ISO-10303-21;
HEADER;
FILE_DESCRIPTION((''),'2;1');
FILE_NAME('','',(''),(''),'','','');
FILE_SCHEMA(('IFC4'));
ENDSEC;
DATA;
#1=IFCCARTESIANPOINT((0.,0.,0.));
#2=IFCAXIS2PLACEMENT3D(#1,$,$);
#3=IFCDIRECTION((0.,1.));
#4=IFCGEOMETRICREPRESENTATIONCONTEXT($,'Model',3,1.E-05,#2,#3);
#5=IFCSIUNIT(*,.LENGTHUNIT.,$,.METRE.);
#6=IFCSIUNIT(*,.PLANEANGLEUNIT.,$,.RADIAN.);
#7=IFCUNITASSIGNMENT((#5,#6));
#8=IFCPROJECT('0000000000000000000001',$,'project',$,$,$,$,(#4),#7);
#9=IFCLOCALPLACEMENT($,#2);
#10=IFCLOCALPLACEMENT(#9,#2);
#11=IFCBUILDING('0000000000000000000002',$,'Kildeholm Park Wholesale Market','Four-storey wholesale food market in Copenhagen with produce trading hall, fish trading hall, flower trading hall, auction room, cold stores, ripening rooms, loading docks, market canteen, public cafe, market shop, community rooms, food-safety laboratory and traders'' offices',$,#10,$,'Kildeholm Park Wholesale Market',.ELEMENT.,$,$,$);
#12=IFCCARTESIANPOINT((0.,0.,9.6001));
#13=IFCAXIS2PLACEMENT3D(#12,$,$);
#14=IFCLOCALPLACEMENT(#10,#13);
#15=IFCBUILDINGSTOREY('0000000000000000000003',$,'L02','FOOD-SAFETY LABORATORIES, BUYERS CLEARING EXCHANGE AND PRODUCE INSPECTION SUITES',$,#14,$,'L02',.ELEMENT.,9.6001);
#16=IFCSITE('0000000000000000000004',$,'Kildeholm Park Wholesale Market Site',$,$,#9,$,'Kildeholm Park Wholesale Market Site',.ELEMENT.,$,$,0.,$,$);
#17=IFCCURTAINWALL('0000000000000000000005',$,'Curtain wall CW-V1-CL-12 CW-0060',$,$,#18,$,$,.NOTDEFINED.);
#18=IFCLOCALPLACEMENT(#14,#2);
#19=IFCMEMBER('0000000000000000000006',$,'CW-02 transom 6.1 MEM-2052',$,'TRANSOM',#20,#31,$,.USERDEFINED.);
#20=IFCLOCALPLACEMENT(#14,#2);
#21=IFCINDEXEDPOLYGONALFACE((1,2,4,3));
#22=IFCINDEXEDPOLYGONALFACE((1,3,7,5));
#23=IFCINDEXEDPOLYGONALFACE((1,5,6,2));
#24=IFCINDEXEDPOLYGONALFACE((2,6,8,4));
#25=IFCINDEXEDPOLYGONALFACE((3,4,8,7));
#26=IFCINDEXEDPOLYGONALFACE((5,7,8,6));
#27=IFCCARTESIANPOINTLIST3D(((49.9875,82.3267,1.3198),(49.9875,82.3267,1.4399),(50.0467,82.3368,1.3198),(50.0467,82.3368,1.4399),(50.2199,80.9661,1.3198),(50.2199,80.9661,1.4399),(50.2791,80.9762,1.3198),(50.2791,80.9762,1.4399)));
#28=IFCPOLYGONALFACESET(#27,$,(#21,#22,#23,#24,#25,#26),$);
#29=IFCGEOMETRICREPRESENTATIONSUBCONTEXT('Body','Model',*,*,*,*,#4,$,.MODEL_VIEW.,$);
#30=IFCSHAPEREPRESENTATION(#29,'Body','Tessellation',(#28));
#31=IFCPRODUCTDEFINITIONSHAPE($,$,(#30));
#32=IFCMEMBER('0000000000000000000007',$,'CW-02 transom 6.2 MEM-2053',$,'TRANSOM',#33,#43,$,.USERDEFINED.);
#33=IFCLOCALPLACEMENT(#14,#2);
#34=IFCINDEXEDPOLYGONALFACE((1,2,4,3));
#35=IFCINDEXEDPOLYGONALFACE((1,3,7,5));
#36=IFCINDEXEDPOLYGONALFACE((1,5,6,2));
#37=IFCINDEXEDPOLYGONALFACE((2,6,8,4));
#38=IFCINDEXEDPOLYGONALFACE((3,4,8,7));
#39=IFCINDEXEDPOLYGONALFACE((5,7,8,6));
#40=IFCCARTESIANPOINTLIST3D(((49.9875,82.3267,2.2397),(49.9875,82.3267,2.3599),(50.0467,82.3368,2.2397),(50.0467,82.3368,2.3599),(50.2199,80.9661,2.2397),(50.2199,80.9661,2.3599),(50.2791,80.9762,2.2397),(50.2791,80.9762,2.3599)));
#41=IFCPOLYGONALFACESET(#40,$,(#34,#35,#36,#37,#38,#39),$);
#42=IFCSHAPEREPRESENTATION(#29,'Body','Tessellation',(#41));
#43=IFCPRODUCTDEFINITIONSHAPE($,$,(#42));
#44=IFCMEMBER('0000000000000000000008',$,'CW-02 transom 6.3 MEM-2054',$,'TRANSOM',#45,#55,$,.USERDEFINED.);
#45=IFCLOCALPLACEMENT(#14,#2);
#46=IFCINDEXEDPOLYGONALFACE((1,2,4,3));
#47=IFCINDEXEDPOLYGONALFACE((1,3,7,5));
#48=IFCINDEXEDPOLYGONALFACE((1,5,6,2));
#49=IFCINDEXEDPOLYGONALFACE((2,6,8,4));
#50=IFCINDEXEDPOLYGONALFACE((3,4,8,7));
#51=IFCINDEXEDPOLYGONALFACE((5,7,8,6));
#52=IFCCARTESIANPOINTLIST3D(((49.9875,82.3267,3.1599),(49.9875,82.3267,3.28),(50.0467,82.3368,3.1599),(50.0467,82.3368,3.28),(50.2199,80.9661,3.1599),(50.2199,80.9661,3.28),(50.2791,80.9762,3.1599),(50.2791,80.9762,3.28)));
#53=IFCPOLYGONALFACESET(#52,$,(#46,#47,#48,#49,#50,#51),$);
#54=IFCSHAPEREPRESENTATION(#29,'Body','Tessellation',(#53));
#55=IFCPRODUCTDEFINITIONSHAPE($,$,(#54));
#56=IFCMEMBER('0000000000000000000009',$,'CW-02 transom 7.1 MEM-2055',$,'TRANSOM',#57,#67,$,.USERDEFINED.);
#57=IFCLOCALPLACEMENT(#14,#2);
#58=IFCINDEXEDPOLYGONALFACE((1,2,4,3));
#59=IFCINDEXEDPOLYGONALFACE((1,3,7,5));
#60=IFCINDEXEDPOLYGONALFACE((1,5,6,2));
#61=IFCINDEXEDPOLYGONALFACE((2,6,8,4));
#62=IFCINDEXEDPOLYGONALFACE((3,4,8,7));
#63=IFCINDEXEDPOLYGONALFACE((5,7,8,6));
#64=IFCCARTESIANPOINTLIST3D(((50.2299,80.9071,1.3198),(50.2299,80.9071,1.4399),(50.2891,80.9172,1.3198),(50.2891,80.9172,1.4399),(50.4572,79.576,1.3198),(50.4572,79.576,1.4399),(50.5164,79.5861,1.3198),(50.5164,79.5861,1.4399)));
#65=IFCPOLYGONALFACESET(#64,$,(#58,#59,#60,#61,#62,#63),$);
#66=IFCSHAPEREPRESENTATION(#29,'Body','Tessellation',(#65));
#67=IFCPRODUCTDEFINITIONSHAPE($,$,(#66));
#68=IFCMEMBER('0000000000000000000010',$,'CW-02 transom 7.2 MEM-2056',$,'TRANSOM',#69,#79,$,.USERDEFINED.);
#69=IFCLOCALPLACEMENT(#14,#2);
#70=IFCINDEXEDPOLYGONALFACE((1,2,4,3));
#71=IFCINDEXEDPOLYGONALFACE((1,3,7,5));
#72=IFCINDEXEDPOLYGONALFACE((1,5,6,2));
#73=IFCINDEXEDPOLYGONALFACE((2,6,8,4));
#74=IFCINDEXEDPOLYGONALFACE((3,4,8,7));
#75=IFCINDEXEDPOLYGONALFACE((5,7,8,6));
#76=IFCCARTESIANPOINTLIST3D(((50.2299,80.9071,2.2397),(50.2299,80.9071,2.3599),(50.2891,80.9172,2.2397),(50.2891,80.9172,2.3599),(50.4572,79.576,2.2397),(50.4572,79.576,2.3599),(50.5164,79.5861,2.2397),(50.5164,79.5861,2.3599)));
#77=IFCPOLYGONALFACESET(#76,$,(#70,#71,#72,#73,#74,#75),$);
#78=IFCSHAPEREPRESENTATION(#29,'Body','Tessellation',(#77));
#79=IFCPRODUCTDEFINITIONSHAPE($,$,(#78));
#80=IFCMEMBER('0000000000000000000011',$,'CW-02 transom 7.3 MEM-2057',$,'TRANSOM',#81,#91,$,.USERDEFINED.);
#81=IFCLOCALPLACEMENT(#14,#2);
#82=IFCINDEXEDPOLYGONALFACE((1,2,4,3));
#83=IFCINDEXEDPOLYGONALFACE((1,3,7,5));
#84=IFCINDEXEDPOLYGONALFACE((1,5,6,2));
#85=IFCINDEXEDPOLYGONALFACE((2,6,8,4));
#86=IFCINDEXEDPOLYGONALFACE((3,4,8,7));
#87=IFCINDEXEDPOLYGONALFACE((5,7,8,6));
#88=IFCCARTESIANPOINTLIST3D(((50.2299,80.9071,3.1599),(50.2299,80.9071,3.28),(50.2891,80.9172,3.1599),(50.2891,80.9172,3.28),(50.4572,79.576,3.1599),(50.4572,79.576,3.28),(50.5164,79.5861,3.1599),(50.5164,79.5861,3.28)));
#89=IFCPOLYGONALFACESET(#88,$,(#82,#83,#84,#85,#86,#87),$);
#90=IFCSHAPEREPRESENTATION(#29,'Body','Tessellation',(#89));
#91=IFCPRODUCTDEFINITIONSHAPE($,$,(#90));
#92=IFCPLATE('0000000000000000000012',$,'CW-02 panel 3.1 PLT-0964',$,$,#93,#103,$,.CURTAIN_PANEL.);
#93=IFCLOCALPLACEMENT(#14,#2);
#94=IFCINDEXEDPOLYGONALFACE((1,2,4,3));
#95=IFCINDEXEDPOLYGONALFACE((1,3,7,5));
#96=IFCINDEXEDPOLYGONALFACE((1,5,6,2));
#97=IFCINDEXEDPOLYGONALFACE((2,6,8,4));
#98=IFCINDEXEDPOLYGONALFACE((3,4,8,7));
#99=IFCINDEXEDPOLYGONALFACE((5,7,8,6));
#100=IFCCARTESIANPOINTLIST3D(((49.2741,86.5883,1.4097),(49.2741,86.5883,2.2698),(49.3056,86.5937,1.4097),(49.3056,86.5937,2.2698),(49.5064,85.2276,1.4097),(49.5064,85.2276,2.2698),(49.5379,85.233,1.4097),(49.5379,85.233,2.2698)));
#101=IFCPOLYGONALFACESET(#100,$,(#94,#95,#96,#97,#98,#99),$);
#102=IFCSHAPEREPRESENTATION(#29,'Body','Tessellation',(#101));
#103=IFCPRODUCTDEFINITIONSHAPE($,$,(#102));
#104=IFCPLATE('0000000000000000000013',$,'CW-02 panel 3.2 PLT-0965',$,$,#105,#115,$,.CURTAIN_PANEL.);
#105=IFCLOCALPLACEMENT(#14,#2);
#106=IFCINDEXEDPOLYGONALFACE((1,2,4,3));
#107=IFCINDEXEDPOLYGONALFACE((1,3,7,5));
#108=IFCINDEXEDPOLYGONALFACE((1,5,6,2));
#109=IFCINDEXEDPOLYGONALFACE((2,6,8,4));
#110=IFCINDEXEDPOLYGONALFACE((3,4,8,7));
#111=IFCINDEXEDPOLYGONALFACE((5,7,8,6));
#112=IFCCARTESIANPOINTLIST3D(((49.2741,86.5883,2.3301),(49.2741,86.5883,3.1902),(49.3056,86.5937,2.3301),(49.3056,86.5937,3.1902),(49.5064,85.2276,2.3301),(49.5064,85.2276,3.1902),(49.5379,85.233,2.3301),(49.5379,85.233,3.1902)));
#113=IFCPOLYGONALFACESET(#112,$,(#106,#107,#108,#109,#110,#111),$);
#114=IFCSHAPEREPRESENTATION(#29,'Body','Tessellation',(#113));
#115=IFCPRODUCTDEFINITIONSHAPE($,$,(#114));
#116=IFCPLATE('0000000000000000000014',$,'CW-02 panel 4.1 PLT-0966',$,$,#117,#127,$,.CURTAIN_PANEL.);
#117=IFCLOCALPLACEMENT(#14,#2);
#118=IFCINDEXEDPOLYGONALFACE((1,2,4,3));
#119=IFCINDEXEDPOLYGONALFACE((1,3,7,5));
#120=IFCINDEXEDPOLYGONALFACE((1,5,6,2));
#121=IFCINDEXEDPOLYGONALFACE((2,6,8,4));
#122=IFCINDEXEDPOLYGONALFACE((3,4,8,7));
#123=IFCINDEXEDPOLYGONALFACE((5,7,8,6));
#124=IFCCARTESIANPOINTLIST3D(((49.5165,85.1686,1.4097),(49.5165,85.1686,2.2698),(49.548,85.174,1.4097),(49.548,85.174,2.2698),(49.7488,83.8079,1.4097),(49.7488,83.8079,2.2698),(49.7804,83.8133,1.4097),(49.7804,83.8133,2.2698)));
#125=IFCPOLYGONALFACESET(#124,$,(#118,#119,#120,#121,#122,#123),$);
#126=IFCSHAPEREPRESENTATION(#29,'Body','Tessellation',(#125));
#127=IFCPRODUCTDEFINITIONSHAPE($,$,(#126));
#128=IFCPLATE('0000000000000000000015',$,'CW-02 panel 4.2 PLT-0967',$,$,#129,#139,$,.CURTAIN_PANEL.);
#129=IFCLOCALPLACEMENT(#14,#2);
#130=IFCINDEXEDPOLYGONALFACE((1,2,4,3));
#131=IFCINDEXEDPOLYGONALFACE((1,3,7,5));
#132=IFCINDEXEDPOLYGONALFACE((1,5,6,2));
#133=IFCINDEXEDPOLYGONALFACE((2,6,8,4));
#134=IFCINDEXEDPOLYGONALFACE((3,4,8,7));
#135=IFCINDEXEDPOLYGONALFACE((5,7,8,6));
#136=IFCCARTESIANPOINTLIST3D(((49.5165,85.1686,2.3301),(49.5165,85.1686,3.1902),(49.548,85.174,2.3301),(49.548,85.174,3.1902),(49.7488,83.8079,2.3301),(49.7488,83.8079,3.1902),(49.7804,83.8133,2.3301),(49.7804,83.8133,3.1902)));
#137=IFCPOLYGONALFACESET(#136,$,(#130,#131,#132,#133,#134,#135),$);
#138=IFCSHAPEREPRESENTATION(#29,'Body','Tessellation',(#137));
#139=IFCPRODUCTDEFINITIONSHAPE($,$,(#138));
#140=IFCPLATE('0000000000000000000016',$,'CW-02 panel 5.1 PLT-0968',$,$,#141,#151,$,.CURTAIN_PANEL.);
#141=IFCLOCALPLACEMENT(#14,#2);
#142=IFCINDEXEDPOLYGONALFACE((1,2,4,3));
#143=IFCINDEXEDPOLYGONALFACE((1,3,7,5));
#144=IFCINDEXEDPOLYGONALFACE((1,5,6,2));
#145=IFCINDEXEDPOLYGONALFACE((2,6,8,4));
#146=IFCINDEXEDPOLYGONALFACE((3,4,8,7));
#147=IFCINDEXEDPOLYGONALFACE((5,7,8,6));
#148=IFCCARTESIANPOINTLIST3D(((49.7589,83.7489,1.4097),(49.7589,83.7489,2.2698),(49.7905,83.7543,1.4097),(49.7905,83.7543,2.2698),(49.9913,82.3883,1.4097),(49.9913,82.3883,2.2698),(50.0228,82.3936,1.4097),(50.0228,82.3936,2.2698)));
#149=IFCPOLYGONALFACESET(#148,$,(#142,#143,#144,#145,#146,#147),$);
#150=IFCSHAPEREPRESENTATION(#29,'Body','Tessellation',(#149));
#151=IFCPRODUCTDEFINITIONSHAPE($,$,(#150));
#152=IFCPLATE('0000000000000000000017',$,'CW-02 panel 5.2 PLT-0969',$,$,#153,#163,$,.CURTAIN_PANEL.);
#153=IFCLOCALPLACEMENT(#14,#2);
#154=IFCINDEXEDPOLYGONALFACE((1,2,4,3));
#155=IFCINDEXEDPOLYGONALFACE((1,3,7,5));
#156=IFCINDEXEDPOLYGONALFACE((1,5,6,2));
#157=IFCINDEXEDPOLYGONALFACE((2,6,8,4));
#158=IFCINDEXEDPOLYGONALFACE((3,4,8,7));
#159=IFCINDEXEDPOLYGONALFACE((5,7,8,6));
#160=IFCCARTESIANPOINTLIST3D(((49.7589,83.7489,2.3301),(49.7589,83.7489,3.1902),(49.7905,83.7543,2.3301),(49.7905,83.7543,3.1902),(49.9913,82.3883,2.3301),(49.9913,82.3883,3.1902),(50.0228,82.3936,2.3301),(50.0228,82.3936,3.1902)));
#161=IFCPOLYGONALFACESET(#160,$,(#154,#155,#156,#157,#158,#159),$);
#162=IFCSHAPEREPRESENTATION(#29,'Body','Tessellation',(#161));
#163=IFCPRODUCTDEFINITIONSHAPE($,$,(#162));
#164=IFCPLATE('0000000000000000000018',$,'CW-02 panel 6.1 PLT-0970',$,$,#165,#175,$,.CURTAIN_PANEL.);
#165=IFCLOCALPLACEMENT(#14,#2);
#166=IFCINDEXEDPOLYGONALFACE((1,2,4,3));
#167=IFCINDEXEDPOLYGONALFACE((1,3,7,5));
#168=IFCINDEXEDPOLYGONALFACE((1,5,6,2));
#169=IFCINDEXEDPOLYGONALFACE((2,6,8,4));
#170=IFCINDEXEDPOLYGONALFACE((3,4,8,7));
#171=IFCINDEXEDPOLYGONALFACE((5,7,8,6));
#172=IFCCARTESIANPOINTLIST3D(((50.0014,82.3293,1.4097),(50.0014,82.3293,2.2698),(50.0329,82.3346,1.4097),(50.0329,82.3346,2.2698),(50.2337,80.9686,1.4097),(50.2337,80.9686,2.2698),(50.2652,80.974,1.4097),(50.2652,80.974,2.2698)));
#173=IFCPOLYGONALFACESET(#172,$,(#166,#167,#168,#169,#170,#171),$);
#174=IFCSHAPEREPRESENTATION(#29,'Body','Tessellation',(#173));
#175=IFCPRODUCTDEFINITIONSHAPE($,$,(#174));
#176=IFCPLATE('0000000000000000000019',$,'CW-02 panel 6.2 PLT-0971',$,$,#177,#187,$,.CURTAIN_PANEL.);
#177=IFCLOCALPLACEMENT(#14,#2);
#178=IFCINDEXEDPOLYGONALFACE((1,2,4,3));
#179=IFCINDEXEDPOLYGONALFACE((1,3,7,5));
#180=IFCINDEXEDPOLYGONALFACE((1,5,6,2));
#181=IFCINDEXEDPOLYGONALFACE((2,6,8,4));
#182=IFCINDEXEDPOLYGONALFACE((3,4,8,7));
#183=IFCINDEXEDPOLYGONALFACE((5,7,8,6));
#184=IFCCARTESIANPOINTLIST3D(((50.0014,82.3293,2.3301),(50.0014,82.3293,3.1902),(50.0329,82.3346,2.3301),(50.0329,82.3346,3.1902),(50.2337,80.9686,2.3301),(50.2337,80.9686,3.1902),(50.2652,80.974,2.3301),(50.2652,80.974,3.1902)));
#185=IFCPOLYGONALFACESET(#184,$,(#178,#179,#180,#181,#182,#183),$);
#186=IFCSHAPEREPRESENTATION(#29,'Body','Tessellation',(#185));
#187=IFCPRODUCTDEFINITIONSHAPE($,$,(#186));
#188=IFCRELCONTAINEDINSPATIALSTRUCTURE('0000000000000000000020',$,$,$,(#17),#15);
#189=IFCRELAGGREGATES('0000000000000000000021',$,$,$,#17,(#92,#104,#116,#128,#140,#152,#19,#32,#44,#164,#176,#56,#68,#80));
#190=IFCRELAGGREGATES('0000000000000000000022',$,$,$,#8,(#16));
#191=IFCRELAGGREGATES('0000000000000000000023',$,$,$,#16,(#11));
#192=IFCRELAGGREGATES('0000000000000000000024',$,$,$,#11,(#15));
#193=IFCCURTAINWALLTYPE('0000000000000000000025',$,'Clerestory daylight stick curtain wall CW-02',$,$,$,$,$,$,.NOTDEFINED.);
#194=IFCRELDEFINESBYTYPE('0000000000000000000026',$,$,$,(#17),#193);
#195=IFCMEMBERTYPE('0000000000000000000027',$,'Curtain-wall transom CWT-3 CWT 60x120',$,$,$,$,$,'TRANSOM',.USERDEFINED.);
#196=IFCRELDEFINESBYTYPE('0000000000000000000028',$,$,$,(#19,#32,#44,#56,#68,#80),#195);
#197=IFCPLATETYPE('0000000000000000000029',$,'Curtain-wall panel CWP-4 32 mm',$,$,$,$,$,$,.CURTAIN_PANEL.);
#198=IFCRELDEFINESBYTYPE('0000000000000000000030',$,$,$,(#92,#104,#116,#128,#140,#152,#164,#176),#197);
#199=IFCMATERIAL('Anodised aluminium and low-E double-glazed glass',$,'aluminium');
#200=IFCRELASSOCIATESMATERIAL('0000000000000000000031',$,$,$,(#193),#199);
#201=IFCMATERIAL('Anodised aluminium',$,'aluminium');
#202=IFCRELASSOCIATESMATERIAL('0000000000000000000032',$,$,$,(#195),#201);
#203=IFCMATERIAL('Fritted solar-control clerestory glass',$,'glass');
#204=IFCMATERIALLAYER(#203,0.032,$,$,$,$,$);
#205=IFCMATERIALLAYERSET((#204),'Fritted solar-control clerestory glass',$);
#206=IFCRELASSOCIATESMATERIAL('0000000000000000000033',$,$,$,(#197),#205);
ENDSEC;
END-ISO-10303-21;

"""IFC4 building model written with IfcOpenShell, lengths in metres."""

from ifc_helpers import new_model, si_unit, direction, frame, origin, origin_2d, place, context, subcontext, project, spatial, rectangle, extrude, material, layer, layer_set, material_profile, profile_set, type_object, element, aggregate, save


model = new_model("IFC4")

# Units and contexts
model_context = context("Model", 3, precision=1e-05, world=origin(), true_north=direction((0.0, 1.0)))
body_context = subcontext(model_context, "Body", "Model", "MODEL_VIEW")
ifc_project = project(units=[si_unit("LENGTHUNIT", "METRE"), si_unit("PLANEANGLEUNIT", "RADIAN")], contexts=[model_context])

# Site, building, storey
site_placement = place(None, origin())
site = spatial("IfcSite", under=ifc_project, at=site_placement, Name="Kildeholm Park Wholesale Market Site", LongName="Kildeholm Park Wholesale Market Site", CompositionType="ELEMENT", RefElevation=0.0)
building_placement = place(site_placement, origin())
building = spatial("IfcBuilding", under=site, at=building_placement, Name="Kildeholm Park Wholesale Market", Description="Four-storey wholesale food market in Copenhagen with produce trading hall, fish trading hall, flower trading hall, auction room, cold stores, ripening rooms, loading docks, market canteen, public cafe, market shop, community rooms, food-safety laboratory and traders' offices", LongName="Kildeholm Park Wholesale Market", CompositionType="ELEMENT")
storey_placement = place(building_placement, frame((0.0, 0.0, 9.6001)))
storey = spatial("IfcBuildingStorey", under=building, at=storey_placement, Name="L02", Description="FOOD-SAFETY LABORATORIES, BUYERS CLEARING EXCHANGE AND PRODUCE INSPECTION SUITES", LongName="L02", CompositionType="ELEMENT", Elevation=9.6001)

# Curtain wall, members, plates
ifc_material_1 = material(Name="Anodised aluminium and low-E double-glazed glass", Category="aluminium")
curtain_wall_type = type_object("IfcCurtainWallType", Name="Clerestory daylight stick curtain wall CW-02", PredefinedType="NOTDEFINED", material=ifc_material_1)
curtain_wall_placement = place(storey_placement, origin())
curtain_wall = element("IfcCurtainWall", 1, at=curtain_wall_placement, inside=storey, type_object=curtain_wall_type, Name="Curtain wall CW-V1-CL-12 CW-0060", PredefinedType="NOTDEFINED")
ifc_material_2 = material(Name="Anodised aluminium", Category="aluminium")
ifc_material_profile_1 = material_profile(ifc_material_2, rectangle(XDim=0.0601, YDim=0.1201, at=origin_2d()), Name="CWT 60x120")
ifc_profile_set_1 = profile_set([ifc_material_profile_1], Name="Anodised aluminium")
member_type_1 = type_object("IfcMemberType", Name="Curtain-wall transom CWT-3 CWT 60x120", ElementType="TRANSOM", PredefinedType="USERDEFINED", material=ifc_profile_set_1)
member_1_placement = place(storey_placement, frame((50.0171, 82.3318, 1.3799), z_axis=(0.168384, -0.985721, 0.0), x_axis=(0.985721, 0.168384, 0.0)))
member_1 = element("IfcMember", 2, at=member_1_placement, type_object=member_type_1, Name="CW-02 transom 6.1 MEM-2052", ObjectType="TRANSOM", PredefinedType="USERDEFINED", context=body_context, shape_type="SweptSolid", body=[
    extrude(rectangle(XDim=0.0601, YDim=0.1201, at=origin_2d()), origin(), (0.0, 0.0, 1.0), 1.3804),
])
member_2_placement = place(storey_placement, frame((50.0171, 82.3318, 2.2998), z_axis=(0.168384, -0.985721, 0.0), x_axis=(0.985721, 0.168384, 0.0)))
member_2 = element("IfcMember", 3, at=member_2_placement, type_object=member_type_1, Name="CW-02 transom 6.2 MEM-2053", ObjectType="TRANSOM", PredefinedType="USERDEFINED", context=body_context, shape_type="SweptSolid", body=[
    extrude(rectangle(XDim=0.0601, YDim=0.1201, at=origin_2d()), origin(), (0.0, 0.0, 1.0), 1.3804),
])
member_3_placement = place(storey_placement, frame((50.0171, 82.3318, 3.22), z_axis=(0.168384, -0.985721, 0.0), x_axis=(0.985721, 0.168384, 0.0)))
member_3 = element("IfcMember", 4, at=member_3_placement, type_object=member_type_1, Name="CW-02 transom 6.3 MEM-2054", ObjectType="TRANSOM", PredefinedType="USERDEFINED", context=body_context, shape_type="SweptSolid", body=[
    extrude(rectangle(XDim=0.0601, YDim=0.1201, at=origin_2d()), origin(), (0.0, 0.0, 1.0), 1.3804),
])
member_4_placement = place(storey_placement, frame((50.2595, 80.9121, 1.3799), z_axis=(0.168326, -0.985731, 0.0), x_axis=(0.985731, 0.168326, 0.0)))
member_4 = element("IfcMember", 5, at=member_4_placement, type_object=member_type_1, Name="CW-02 transom 7.1 MEM-2055", ObjectType="TRANSOM", PredefinedType="USERDEFINED", context=body_context, shape_type="SweptSolid", body=[
    extrude(rectangle(XDim=0.0601, YDim=0.1201, at=origin_2d()), origin(), (0.0, 0.0, 1.0), 1.3503),
])
member_5_placement = place(storey_placement, frame((50.2595, 80.9121, 2.2998), z_axis=(0.168326, -0.985731, 0.0), x_axis=(0.985731, 0.168326, 0.0)))
member_5 = element("IfcMember", 6, at=member_5_placement, type_object=member_type_1, Name="CW-02 transom 7.2 MEM-2056", ObjectType="TRANSOM", PredefinedType="USERDEFINED", context=body_context, shape_type="SweptSolid", body=[
    extrude(rectangle(XDim=0.0601, YDim=0.1201, at=origin_2d()), origin(), (0.0, 0.0, 1.0), 1.3503),
])
member_6_placement = place(storey_placement, frame((50.2595, 80.9121, 3.22), z_axis=(0.168326, -0.985731, 0.0), x_axis=(0.985731, 0.168326, 0.0)))
member_6 = element("IfcMember", 7, at=member_6_placement, type_object=member_type_1, Name="CW-02 transom 7.3 MEM-2057", ObjectType="TRANSOM", PredefinedType="USERDEFINED", context=body_context, shape_type="SweptSolid", body=[
    extrude(rectangle(XDim=0.0601, YDim=0.1201, at=origin_2d()), origin(), (0.0, 0.0, 1.0), 1.3503),
])
ifc_material_3 = material(Name="Fritted solar-control clerestory glass", Category="glass")
ifc_layer = layer(ifc_material_3, 0.032)
ifc_layer_set = layer_set([ifc_layer], Name="Fritted solar-control clerestory glass")
plate_type = type_object("IfcPlateType", Name="Curtain-wall panel CWP-4 32 mm", PredefinedType="CURTAIN_PANEL", material=ifc_layer_set)
plate_1_placement = place(storey_placement, frame((49.406, 85.9106, 1.4097), z_axis=(0.0, 0.0, 1.0), x_axis=(0.168322, -0.985732, 0.0)))
plate_1 = element("IfcPlate", 8, at=plate_1_placement, type_object=plate_type, Name="CW-02 panel 3.1 PLT-0964", PredefinedType="CURTAIN_PANEL", context=body_context, shape_type="SweptSolid", body=[
    extrude(rectangle(XDim=1.3804, YDim=0.032, at=origin_2d()), origin(), (0.0, 0.0, 1.0), 0.8601),
])
plate_2_placement = place(storey_placement, frame((49.406, 85.9106, 2.3301), z_axis=(0.0, 0.0, 1.0), x_axis=(0.168322, -0.985732, 0.0)))
plate_2 = element("IfcPlate", 9, at=plate_2_placement, type_object=plate_type, Name="CW-02 panel 3.2 PLT-0965", PredefinedType="CURTAIN_PANEL", context=body_context, shape_type="SweptSolid", body=[
    extrude(rectangle(XDim=1.3804, YDim=0.032, at=origin_2d()), origin(), (0.0, 0.0, 1.0), 0.8601),
])
plate_3_placement = place(storey_placement, frame((49.6484, 84.491, 1.4097), z_axis=(0.0, 0.0, 1.0), x_axis=(0.168322, -0.985732, 0.0)))
plate_3 = element("IfcPlate", 10, at=plate_3_placement, type_object=plate_type, Name="CW-02 panel 4.1 PLT-0966", PredefinedType="CURTAIN_PANEL", context=body_context, shape_type="SweptSolid", body=[
    extrude(rectangle(XDim=1.3804, YDim=0.032, at=origin_2d()), origin(), (0.0, 0.0, 1.0), 0.8601),
])
plate_4_placement = place(storey_placement, frame((49.6484, 84.491, 2.3301), z_axis=(0.0, 0.0, 1.0), x_axis=(0.168322, -0.985732, 0.0)))
plate_4 = element("IfcPlate", 11, at=plate_4_placement, type_object=plate_type, Name="CW-02 panel 4.2 PLT-0967", PredefinedType="CURTAIN_PANEL", context=body_context, shape_type="SweptSolid", body=[
    extrude(rectangle(XDim=1.3804, YDim=0.032, at=origin_2d()), origin(), (0.0, 0.0, 1.0), 0.8601),
])
plate_5_placement = place(storey_placement, frame((49.8909, 83.0713, 1.4097), z_axis=(0.0, 0.0, 1.0), x_axis=(0.168322, -0.985732, 0.0)))
plate_5 = element("IfcPlate", 12, at=plate_5_placement, type_object=plate_type, Name="CW-02 panel 5.1 PLT-0968", PredefinedType="CURTAIN_PANEL", context=body_context, shape_type="SweptSolid", body=[
    extrude(rectangle(XDim=1.3804, YDim=0.032, at=origin_2d()), origin(), (0.0, 0.0, 1.0), 0.8601),
])
plate_6_placement = place(storey_placement, frame((49.8909, 83.0713, 2.3301), z_axis=(0.0, 0.0, 1.0), x_axis=(0.168322, -0.985732, 0.0)))
plate_6 = element("IfcPlate", 13, at=plate_6_placement, type_object=plate_type, Name="CW-02 panel 5.2 PLT-0969", PredefinedType="CURTAIN_PANEL", context=body_context, shape_type="SweptSolid", body=[
    extrude(rectangle(XDim=1.3804, YDim=0.032, at=origin_2d()), origin(), (0.0, 0.0, 1.0), 0.8601),
])
plate_7_placement = place(storey_placement, frame((50.1333, 81.6516, 1.4097), z_axis=(0.0, 0.0, 1.0), x_axis=(0.168322, -0.985732, 0.0)))
plate_7 = element("IfcPlate", 14, at=plate_7_placement, type_object=plate_type, Name="CW-02 panel 6.1 PLT-0970", PredefinedType="CURTAIN_PANEL", context=body_context, shape_type="SweptSolid", body=[
    extrude(rectangle(XDim=1.3804, YDim=0.032, at=origin_2d()), origin(), (0.0, 0.0, 1.0), 0.8601),
])
plate_8_placement = place(storey_placement, frame((50.1333, 81.6516, 2.3301), z_axis=(0.0, 0.0, 1.0), x_axis=(0.168322, -0.985732, 0.0)))
plate_8 = element("IfcPlate", 15, at=plate_8_placement, type_object=plate_type, Name="CW-02 panel 6.2 PLT-0971", PredefinedType="CURTAIN_PANEL", context=body_context, shape_type="SweptSolid", body=[
    extrude(rectangle(XDim=1.3804, YDim=0.032, at=origin_2d()), origin(), (0.0, 0.0, 1.0), 0.8601),
])
aggregate(curtain_wall, [plate_1, plate_2, plate_3, plate_4, plate_5, plate_6, member_1, member_2, member_3, plate_7, plate_8, member_4, member_5, member_6])

save(model, "model.ifc")
